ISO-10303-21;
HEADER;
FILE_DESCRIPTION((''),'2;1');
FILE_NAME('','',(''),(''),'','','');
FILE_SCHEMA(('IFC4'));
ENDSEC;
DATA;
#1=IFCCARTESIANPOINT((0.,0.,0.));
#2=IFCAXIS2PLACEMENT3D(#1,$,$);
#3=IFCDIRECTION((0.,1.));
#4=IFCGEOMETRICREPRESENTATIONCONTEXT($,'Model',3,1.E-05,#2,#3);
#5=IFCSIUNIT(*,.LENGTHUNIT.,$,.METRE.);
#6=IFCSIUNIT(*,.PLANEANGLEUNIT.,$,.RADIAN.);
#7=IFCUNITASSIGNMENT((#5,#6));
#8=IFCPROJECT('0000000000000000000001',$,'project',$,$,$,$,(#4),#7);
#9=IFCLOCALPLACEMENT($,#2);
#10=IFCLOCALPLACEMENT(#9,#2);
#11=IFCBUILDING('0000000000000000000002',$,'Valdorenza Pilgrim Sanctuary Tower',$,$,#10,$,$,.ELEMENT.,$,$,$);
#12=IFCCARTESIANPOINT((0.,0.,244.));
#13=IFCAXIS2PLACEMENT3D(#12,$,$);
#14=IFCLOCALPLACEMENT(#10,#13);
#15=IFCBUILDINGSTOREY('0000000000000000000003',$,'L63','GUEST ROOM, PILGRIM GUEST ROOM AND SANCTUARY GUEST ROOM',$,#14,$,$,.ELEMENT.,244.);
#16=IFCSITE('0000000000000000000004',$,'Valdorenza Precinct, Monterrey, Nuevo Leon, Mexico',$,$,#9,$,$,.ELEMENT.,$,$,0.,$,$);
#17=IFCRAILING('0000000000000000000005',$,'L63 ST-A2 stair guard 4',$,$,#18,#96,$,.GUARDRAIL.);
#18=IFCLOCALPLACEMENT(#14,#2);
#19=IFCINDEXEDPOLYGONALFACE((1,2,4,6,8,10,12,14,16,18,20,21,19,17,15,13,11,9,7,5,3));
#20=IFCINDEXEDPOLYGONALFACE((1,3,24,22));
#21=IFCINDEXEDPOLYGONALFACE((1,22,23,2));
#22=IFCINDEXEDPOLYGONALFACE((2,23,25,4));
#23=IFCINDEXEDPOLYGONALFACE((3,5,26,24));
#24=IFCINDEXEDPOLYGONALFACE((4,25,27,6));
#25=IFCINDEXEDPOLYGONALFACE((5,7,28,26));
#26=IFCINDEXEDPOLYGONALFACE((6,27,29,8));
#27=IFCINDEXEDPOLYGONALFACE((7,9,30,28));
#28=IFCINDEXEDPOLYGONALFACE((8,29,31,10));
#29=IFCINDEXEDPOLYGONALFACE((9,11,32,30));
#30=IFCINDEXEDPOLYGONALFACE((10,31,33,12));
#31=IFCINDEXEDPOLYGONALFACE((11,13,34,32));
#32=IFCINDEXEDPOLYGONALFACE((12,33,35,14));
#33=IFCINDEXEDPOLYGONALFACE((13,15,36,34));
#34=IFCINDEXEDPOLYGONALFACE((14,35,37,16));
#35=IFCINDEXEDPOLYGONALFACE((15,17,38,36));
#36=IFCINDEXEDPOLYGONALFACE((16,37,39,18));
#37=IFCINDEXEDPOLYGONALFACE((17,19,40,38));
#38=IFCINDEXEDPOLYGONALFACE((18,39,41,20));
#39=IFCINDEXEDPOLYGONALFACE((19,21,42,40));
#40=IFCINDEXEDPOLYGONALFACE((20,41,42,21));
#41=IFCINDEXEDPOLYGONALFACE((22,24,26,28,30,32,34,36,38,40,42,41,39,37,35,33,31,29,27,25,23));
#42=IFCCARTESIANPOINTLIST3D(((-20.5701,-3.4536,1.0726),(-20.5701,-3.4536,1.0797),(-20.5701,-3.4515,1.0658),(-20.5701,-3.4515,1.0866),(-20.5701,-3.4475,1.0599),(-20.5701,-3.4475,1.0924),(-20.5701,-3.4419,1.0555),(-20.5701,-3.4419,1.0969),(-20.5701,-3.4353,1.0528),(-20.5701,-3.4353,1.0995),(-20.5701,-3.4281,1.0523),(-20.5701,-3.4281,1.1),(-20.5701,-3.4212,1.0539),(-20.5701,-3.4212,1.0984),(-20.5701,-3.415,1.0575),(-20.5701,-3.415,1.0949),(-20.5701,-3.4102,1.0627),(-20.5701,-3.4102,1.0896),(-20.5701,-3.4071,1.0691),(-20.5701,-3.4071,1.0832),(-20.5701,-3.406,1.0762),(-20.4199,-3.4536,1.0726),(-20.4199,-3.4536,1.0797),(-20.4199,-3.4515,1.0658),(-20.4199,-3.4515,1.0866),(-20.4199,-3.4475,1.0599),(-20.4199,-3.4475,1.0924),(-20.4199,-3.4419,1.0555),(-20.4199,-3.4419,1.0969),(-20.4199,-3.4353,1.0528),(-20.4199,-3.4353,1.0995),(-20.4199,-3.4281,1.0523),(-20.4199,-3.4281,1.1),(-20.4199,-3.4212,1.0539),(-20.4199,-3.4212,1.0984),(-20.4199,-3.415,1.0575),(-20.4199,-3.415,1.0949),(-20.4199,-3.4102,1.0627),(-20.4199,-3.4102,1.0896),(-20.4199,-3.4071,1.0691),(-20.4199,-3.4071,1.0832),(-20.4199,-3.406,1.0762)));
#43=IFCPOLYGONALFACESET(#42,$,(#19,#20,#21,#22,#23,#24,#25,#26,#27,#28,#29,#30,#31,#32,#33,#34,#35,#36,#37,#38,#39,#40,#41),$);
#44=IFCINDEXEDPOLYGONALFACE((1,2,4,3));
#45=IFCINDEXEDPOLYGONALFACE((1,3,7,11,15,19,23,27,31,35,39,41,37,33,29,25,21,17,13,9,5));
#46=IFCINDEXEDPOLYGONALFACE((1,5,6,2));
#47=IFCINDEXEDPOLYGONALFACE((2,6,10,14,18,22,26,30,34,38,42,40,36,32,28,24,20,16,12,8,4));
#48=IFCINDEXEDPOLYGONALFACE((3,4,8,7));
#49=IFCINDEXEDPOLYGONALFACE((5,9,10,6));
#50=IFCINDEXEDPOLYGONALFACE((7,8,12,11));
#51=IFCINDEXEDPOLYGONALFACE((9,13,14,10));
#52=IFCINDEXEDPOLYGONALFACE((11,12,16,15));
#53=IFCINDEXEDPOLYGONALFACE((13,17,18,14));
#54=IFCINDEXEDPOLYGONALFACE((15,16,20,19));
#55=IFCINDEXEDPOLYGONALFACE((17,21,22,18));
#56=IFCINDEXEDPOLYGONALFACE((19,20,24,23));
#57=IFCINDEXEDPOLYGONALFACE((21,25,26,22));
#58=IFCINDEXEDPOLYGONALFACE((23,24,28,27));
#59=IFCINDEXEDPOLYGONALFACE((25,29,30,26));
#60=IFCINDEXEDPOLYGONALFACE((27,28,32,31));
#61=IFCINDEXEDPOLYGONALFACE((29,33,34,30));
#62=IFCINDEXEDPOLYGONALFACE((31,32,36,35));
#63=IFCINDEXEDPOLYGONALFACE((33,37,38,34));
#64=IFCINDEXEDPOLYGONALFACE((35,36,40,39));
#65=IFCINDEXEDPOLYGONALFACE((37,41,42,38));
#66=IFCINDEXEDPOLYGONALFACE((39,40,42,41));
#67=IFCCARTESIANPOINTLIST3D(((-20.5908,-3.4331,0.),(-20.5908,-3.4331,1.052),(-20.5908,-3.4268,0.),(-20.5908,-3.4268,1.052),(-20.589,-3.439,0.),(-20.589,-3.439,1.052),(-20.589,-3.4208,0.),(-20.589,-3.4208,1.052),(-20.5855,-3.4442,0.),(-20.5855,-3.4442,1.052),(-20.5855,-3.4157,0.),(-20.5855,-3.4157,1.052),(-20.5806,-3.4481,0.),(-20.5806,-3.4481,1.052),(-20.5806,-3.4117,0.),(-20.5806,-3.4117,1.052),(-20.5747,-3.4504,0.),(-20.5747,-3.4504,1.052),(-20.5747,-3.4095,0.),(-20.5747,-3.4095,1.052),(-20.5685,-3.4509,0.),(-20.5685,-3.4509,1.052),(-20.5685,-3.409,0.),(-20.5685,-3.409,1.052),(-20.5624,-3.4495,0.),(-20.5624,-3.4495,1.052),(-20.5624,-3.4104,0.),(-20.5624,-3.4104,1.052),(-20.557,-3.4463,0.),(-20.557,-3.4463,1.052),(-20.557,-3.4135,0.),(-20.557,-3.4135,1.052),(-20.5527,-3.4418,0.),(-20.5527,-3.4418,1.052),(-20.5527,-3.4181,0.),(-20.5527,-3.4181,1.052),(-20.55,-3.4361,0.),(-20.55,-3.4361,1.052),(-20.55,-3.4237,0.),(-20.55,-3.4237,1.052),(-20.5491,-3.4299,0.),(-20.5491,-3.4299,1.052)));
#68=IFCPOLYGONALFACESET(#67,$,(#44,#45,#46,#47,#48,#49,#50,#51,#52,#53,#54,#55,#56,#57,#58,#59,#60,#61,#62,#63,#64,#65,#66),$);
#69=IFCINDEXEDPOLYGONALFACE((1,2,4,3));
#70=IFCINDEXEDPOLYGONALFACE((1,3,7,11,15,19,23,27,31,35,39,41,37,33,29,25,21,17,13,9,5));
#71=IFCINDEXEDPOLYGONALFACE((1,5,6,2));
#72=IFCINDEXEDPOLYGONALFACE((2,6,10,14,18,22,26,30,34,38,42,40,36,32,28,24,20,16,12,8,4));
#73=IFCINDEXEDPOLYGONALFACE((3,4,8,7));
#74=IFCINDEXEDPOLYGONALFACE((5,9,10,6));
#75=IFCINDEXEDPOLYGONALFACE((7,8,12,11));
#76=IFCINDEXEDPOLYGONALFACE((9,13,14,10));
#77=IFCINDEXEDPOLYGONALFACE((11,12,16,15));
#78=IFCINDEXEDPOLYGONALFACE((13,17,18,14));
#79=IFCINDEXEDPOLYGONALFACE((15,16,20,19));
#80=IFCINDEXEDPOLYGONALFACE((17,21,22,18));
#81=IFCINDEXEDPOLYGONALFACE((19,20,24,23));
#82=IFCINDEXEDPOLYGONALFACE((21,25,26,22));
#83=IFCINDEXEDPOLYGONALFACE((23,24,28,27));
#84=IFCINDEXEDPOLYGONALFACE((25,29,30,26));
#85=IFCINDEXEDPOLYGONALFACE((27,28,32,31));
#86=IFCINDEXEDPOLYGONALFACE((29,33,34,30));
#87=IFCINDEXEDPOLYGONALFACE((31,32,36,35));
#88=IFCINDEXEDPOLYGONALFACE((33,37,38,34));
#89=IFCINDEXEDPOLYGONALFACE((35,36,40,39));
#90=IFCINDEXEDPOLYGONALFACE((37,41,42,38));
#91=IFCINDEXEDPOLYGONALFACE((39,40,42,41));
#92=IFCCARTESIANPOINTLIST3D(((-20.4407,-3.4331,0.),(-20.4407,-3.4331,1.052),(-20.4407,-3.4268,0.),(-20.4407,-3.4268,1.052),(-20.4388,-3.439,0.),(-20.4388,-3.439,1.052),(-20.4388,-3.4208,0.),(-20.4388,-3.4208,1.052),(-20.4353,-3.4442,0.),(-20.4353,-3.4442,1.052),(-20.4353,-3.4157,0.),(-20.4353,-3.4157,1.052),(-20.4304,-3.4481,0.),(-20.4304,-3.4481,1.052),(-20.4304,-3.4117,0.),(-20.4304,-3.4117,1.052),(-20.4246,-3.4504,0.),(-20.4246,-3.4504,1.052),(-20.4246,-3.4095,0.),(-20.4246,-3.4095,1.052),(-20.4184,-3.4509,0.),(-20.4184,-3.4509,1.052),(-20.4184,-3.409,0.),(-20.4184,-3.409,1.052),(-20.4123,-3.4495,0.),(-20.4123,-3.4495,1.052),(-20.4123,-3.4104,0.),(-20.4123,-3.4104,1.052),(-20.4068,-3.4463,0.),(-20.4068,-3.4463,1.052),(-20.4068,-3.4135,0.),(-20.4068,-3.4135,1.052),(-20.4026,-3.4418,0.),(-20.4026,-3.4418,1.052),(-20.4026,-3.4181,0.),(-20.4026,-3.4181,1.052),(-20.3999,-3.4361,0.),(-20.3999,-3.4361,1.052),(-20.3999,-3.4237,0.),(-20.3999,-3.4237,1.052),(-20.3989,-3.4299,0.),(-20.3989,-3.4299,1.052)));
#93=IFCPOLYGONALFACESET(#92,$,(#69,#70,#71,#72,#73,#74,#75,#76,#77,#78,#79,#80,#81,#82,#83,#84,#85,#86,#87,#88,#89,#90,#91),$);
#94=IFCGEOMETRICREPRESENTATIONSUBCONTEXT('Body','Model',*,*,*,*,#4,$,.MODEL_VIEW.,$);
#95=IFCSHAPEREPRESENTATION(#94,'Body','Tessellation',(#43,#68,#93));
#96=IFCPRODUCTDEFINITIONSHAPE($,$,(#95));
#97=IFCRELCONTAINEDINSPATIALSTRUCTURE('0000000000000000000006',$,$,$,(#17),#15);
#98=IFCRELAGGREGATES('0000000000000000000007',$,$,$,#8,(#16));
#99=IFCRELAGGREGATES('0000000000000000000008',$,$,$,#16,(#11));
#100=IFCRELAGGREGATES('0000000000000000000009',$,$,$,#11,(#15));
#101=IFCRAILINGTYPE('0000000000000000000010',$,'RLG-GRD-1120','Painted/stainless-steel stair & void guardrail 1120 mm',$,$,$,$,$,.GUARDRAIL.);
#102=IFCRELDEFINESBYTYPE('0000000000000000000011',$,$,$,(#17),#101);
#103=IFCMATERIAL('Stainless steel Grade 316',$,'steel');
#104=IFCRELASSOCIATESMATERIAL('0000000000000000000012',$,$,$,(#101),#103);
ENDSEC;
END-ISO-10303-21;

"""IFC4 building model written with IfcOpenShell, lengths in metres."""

from ifc_helpers import new_model, si_unit, direction, frame, origin, origin_2d, place, context, subcontext, project, spatial, circle, extrude, material, type_object, element, save


model = new_model("IFC4")

# Units and contexts
model_context = context("Model", 3, precision=1e-05, world=origin(), true_north=direction((0.0, 1.0)))
body_context = subcontext(model_context, "Body", "Model", "MODEL_VIEW")
ifc_project = project(units=[si_unit("LENGTHUNIT", "METRE"), si_unit("PLANEANGLEUNIT", "RADIAN")], contexts=[model_context])

# Site, building, storey
site_placement = place(None, origin())
site = spatial("IfcSite", under=ifc_project, at=site_placement, Name="Valdorenza Precinct, Monterrey, Nuevo Leon, Mexico", CompositionType="ELEMENT", RefElevation=0.0)
building_placement = place(site_placement, origin())
building = spatial("IfcBuilding", under=site, at=building_placement, Name="Valdorenza Pilgrim Sanctuary Tower", CompositionType="ELEMENT")
storey_placement = place(building_placement, frame((0.0, 0.0, 244.0)))
storey = spatial("IfcBuildingStorey", under=building, at=storey_placement, Name="L63", Description="GUEST ROOM, PILGRIM GUEST ROOM AND SANCTUARY GUEST ROOM", CompositionType="ELEMENT", Elevation=244.0)

# Railing
ifc_material_1 = material(Name="Stainless steel Grade 316", Category="steel")
railing_type_1 = type_object("IfcRailingType", Name="RLG-GRD-1120", Description="Painted/stainless-steel stair & void guardrail 1120 mm", PredefinedType="GUARDRAIL", material=ifc_material_1)
railing_1_placement = place(storey_placement, frame((-20.5701, -3.4299, 0.0)))
element("IfcRailing", 1, at=railing_1_placement, inside=storey, type_object=railing_type_1, Name="L63 ST-A2 stair guard 4", PredefinedType="GUARDRAIL", context=body_context, shape_type="SweptSolid", body=[
    extrude(circle(Radius=0.0239, at=origin_2d()), frame((0.0, 0.0, 1.0762), z_axis=(1.0, 0.0, 0.0), x_axis=(0.0, 1.0, 0.0)), (0.0, 0.0, 1.0), 0.1501),
    extrude(circle(Radius=0.021, at=origin_2d()), origin(), (0.0, 0.0, 1.0), 1.052),
    extrude(circle(Radius=0.021, at=origin_2d()), frame((0.1501, 0.0, 0.0)), (0.0, 0.0, 1.0), 1.052),
])

save(model, "model.ifc")
